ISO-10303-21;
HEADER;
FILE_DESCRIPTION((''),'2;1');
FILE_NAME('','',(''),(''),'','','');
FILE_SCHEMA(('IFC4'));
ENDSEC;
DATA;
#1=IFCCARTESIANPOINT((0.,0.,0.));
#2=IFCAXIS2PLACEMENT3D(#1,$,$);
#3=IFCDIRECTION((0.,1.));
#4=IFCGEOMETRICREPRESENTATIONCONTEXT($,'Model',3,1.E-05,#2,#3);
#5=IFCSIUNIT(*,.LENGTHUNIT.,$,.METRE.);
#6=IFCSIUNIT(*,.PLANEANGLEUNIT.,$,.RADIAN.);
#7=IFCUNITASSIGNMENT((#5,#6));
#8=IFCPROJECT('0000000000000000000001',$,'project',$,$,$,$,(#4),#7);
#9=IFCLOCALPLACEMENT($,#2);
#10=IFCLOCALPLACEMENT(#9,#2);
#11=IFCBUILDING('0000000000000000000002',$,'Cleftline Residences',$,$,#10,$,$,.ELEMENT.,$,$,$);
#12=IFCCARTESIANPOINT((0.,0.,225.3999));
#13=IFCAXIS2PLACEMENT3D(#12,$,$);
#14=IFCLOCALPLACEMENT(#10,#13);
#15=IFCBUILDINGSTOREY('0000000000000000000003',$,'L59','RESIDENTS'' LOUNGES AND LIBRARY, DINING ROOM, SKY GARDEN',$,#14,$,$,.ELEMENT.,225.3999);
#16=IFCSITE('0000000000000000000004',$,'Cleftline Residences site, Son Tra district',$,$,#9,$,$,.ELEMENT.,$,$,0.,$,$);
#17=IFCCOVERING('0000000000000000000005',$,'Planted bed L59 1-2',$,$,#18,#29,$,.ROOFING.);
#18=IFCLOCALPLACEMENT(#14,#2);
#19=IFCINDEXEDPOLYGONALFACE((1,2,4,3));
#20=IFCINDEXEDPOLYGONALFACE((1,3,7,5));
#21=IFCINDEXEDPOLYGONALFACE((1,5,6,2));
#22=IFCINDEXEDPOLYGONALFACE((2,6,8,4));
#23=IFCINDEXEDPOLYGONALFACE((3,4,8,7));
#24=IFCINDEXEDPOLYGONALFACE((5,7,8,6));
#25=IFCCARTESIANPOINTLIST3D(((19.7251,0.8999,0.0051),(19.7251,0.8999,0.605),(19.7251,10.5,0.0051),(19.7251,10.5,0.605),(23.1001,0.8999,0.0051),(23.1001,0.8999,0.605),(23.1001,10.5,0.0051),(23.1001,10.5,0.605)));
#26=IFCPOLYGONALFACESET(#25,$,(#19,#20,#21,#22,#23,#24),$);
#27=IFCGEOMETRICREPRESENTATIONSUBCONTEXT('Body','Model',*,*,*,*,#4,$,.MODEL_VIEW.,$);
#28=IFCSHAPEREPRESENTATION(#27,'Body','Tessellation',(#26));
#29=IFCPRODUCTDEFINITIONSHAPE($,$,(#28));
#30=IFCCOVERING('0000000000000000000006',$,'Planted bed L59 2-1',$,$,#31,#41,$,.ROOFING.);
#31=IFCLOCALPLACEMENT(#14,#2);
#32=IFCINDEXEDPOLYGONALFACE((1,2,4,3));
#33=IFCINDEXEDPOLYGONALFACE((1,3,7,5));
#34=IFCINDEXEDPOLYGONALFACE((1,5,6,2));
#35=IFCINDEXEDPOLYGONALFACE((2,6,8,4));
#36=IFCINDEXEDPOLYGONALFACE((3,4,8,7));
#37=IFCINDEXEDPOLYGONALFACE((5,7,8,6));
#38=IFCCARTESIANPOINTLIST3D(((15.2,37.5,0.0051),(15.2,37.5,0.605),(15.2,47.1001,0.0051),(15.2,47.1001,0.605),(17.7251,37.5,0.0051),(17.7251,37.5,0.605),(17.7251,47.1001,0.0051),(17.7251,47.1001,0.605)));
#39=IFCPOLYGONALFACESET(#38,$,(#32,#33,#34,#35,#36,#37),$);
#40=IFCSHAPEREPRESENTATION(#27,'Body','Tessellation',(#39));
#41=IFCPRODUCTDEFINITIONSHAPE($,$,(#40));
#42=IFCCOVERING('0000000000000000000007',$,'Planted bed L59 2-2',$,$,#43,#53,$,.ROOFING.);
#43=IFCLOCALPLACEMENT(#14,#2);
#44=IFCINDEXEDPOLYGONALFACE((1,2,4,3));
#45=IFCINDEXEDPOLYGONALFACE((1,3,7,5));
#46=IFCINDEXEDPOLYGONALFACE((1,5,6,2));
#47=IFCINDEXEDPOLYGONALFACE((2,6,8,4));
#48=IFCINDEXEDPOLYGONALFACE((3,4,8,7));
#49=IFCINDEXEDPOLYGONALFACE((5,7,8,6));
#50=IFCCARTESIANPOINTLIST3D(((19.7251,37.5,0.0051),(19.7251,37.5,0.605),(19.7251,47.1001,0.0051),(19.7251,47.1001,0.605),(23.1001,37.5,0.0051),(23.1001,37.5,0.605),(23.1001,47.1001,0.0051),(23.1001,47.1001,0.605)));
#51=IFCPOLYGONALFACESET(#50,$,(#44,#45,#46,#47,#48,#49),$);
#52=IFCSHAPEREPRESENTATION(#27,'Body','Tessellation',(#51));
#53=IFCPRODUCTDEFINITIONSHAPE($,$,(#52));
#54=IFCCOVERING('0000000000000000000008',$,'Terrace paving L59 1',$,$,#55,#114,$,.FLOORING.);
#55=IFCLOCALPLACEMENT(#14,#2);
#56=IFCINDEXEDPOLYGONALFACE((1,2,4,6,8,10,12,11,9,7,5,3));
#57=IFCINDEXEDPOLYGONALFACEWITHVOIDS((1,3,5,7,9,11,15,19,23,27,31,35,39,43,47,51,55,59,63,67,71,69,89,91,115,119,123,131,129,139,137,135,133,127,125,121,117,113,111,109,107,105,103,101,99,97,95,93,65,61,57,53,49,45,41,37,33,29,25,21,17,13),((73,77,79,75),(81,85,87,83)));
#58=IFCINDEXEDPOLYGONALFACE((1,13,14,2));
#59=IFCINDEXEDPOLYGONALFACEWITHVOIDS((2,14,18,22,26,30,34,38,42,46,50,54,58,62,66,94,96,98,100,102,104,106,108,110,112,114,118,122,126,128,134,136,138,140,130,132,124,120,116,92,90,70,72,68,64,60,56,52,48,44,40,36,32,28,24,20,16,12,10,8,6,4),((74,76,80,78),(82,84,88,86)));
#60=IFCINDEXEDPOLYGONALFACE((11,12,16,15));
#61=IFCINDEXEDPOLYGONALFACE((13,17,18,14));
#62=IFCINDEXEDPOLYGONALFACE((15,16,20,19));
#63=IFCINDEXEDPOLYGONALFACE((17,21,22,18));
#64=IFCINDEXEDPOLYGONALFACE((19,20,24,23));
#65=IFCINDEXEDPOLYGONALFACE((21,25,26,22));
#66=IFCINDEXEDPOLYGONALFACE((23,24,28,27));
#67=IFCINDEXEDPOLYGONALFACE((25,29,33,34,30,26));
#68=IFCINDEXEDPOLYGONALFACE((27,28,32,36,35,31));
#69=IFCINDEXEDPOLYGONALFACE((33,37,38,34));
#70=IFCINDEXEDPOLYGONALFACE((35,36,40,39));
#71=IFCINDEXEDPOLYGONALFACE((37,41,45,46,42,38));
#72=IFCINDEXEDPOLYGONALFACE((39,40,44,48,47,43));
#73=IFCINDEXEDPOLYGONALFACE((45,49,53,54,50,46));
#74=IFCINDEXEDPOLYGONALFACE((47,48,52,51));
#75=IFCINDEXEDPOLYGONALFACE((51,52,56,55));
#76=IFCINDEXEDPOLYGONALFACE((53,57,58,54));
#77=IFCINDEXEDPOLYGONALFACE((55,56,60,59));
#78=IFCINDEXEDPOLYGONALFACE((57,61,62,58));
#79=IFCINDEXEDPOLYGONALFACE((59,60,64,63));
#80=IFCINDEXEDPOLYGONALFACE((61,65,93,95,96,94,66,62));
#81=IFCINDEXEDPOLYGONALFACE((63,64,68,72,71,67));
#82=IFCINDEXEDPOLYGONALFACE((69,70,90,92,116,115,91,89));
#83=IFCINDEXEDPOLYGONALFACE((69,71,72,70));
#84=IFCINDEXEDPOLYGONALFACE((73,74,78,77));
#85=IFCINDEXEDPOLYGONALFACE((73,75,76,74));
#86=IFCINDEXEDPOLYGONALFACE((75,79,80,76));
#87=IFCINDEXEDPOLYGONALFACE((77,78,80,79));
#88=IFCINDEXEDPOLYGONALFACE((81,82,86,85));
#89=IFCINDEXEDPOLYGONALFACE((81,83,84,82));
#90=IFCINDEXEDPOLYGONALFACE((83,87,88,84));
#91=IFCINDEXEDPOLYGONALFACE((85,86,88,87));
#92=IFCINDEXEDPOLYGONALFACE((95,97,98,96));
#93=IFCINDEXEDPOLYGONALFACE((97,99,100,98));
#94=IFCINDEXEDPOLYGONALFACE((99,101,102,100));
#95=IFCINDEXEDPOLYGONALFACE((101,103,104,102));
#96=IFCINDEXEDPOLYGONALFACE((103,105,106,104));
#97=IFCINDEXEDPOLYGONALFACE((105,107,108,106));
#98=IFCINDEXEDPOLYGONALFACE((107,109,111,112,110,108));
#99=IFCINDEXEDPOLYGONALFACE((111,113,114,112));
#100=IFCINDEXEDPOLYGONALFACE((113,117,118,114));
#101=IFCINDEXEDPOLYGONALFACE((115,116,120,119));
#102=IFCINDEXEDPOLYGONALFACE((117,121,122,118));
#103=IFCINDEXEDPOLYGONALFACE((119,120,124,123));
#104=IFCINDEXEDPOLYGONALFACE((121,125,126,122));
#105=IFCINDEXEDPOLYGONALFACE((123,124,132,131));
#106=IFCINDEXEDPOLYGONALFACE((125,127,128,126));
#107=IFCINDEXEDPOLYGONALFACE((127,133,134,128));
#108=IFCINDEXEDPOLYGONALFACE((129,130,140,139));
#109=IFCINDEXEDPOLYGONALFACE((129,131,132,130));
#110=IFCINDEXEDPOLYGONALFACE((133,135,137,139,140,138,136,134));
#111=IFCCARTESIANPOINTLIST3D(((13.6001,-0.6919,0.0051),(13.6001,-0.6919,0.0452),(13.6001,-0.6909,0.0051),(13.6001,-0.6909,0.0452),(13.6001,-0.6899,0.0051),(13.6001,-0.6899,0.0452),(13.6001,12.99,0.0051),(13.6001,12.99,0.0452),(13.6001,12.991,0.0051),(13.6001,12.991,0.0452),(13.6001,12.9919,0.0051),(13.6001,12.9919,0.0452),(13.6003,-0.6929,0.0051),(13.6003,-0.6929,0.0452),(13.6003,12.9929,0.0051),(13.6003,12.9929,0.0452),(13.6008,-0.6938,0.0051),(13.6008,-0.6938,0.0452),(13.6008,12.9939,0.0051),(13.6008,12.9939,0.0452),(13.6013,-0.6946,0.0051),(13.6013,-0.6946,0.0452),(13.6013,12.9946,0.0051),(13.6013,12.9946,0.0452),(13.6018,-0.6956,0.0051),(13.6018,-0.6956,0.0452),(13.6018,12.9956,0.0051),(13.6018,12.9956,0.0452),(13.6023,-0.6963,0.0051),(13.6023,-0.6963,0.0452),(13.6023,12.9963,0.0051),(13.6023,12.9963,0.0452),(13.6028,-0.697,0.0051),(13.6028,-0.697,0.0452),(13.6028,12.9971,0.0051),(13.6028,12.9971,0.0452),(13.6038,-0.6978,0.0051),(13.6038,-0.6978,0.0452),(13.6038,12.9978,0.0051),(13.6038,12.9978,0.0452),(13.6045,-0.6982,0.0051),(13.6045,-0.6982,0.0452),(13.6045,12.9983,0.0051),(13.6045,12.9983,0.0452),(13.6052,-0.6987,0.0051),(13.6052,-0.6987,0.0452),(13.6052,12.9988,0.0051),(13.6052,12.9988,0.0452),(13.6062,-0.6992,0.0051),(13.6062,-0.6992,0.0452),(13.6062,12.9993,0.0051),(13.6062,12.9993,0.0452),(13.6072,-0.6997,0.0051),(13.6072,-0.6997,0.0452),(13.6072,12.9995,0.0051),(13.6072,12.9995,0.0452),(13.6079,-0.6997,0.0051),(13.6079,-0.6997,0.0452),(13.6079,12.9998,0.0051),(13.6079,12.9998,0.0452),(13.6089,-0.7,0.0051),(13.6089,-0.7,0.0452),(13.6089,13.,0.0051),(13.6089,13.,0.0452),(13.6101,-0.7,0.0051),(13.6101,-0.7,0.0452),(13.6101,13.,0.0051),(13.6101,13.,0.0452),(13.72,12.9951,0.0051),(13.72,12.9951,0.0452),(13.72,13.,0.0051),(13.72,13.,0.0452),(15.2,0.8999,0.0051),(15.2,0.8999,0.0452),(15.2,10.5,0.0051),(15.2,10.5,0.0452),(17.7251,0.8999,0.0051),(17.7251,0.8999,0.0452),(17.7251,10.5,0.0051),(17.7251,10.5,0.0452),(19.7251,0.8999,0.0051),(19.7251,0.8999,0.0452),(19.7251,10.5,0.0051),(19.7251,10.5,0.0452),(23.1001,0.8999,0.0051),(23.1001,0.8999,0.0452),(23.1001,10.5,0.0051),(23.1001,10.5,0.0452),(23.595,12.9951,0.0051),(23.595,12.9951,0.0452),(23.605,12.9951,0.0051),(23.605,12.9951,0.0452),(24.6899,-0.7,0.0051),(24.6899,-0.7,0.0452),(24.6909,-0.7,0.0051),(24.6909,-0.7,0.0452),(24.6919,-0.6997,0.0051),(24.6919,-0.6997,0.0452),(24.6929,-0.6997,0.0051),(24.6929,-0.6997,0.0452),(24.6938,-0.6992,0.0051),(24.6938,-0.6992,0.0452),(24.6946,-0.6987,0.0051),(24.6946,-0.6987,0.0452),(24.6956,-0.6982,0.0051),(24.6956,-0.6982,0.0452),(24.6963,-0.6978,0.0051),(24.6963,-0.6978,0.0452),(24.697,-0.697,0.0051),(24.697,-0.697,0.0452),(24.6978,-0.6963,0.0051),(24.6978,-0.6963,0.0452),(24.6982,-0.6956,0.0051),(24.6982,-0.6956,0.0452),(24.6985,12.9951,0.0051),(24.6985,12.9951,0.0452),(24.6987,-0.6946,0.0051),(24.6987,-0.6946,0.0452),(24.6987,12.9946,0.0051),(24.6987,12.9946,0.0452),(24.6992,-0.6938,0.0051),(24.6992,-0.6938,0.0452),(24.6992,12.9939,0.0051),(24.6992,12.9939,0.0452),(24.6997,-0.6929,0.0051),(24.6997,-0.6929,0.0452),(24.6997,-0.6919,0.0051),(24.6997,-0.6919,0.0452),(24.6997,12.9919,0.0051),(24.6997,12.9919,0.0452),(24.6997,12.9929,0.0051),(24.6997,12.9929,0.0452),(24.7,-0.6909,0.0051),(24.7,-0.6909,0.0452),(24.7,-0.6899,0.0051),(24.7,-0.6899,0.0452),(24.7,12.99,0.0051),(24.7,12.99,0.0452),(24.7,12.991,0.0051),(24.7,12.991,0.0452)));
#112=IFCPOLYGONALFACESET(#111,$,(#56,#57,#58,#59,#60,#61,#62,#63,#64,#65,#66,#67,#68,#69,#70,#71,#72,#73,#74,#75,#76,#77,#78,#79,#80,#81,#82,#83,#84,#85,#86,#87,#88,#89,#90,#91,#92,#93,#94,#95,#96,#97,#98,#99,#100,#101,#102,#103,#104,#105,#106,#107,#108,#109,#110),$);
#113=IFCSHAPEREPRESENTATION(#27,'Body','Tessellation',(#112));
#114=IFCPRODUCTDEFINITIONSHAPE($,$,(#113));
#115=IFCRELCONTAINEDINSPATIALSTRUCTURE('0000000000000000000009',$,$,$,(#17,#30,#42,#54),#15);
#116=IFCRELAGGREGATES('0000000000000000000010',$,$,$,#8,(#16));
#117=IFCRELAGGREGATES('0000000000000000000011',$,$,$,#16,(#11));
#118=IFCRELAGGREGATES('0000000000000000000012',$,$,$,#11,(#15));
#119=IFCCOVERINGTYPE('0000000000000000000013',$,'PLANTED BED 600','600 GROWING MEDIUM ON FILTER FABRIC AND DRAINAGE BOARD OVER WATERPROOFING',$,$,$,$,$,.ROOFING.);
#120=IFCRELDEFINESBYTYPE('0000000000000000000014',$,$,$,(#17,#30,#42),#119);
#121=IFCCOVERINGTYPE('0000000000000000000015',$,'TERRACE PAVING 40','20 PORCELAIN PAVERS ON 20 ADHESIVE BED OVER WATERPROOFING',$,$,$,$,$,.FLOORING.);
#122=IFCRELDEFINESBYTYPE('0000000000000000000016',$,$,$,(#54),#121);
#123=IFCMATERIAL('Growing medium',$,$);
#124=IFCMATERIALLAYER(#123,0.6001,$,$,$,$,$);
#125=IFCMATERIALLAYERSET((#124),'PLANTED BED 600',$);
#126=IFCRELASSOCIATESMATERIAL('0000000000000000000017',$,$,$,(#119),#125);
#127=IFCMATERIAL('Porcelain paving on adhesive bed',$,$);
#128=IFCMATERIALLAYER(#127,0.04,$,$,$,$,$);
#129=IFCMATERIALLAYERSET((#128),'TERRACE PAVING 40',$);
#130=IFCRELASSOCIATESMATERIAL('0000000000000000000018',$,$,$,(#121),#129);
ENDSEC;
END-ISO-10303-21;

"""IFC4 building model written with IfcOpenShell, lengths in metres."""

from ifc_helpers import new_model, si_unit, direction, frame, origin, place, context, subcontext, project, spatial, polyline, outline, extrude, material, layer, layer_set, type_object, element, save


model = new_model("IFC4")

# Units and contexts
model_context = context("Model", 3, precision=1e-05, world=origin(), true_north=direction((0.0, 1.0)))
body_context = subcontext(model_context, "Body", "Model", "MODEL_VIEW")
ifc_project = project(units=[si_unit("LENGTHUNIT", "METRE"), si_unit("PLANEANGLEUNIT", "RADIAN")], contexts=[model_context])

# Site, building, storey
site_placement = place(None, origin())
site = spatial("IfcSite", under=ifc_project, at=site_placement, Name="Cleftline Residences site, Son Tra district", CompositionType="ELEMENT", RefElevation=0.0)
building_placement = place(site_placement, origin())
building = spatial("IfcBuilding", under=site, at=building_placement, Name="Cleftline Residences", CompositionType="ELEMENT")
storey_placement = place(building_placement, frame((0.0, 0.0, 225.3999)))
storey = spatial("IfcBuildingStorey", under=building, at=storey_placement, Name="L59", Description="RESIDENTS' LOUNGES AND LIBRARY, DINING ROOM, SKY GARDEN", CompositionType="ELEMENT", Elevation=225.3999)

# Coverings
ifc_material_1 = material(Name="Growing medium")
ifc_layer_1 = layer(ifc_material_1, 0.6001)
ifc_layer_set_1 = layer_set([ifc_layer_1], Name="PLANTED BED 600")
covering_type_1 = type_object("IfcCoveringType", Name="PLANTED BED 600", Description="600 GROWING MEDIUM ON FILTER FABRIC AND DRAINAGE BOARD OVER WATERPROOFING", PredefinedType="ROOFING", material=ifc_layer_set_1)
covering_1_placement = place(storey_placement, frame((0.0, 0.0, 0.0051)))
element("IfcCovering", 1, at=covering_1_placement, inside=storey, type_object=covering_type_1, Name="Planted bed L59 1-2", PredefinedType="ROOFING", context=body_context, shape_type="SweptSolid", body=[
    extrude(outline(polyline([(23.1001, 10.5), (19.7251, 10.5), (19.7251, 0.8999), (23.1001, 0.8999), (23.1001, 10.5)])), origin(), (0.0, 0.0, 1.0), 0.5999),
])
covering_2_placement = place(storey_placement, frame((0.0, 0.0, 0.0051)))
element("IfcCovering", 2, at=covering_2_placement, inside=storey, type_object=covering_type_1, Name="Planted bed L59 2-1", PredefinedType="ROOFING", context=body_context, shape_type="SweptSolid", body=[
    extrude(outline(polyline([(15.2, 37.5), (17.7251, 37.5), (17.7251, 47.1001), (15.2, 47.1001), (15.2, 37.5)])), origin(), (0.0, 0.0, 1.0), 0.5999),
])
covering_3_placement = place(storey_placement, frame((0.0, 0.0, 0.0051)))
element("IfcCovering", 3, at=covering_3_placement, inside=storey, type_object=covering_type_1, Name="Planted bed L59 2-2", PredefinedType="ROOFING", context=body_context, shape_type="SweptSolid", body=[
    extrude(outline(polyline([(19.7251, 47.1001), (19.7251, 37.5), (23.1001, 37.5), (23.1001, 47.1001), (19.7251, 47.1001)])), origin(), (0.0, 0.0, 1.0), 0.5999),
])

# Covering
ifc_material_2 = material(Name="Porcelain paving on adhesive bed")
ifc_layer_2 = layer(ifc_material_2, 0.04)
ifc_layer_set_2 = layer_set([ifc_layer_2], Name="TERRACE PAVING 40")
covering_type_2 = type_object("IfcCoveringType", Name="TERRACE PAVING 40", Description="20 PORCELAIN PAVERS ON 20 ADHESIVE BED OVER WATERPROOFING", PredefinedType="FLOORING", material=ifc_layer_set_2)
covering_4_placement = place(storey_placement, frame((0.0, 0.0, 0.0051)))
element("IfcCovering", 4, at=covering_4_placement, inside=storey, type_object=covering_type_2, Name="Terrace paving L59 1", PredefinedType="FLOORING", context=body_context, shape_type="SweptSolid", body=[
    extrude(outline(polyline([(13.6101, -0.7), (24.6899, -0.7), (24.6909, -0.7), (24.6919, -0.6997), (24.6929, -0.6997), (24.6938, -0.6992), (24.6946, -0.6987), (24.6956, -0.6982), (24.6963, -0.6978), (24.697, -0.697), (24.6978, -0.6963), (24.6982, -0.6956), (24.6987, -0.6946), (24.6992, -0.6938), (24.6997, -0.6929), (24.6997, -0.6919), (24.7, -0.6909), (24.7, -0.6899), (24.7, 12.99), (24.7, 12.991), (24.6997, 12.9919), (24.6997, 12.9929), (24.6992, 12.9939), (24.6987, 12.9946), (24.6985, 12.9951), (23.605, 12.9951), (23.595, 12.9951), (13.72, 12.9951), (13.72, 13.0), (13.6101, 13.0), (13.6089, 13.0), (13.6079, 12.9998), (13.6072, 12.9995), (13.6062, 12.9993), (13.6052, 12.9988), (13.6045, 12.9983), (13.6038, 12.9978), (13.6028, 12.9971), (13.6023, 12.9963), (13.6018, 12.9956), (13.6013, 12.9946), (13.6008, 12.9939), (13.6003, 12.9929), (13.6001, 12.9919), (13.6001, 12.991), (13.6001, 12.99), (13.6001, -0.6899), (13.6001, -0.6909), (13.6001, -0.6919), (13.6003, -0.6929), (13.6008, -0.6938), (13.6013, -0.6946), (13.6018, -0.6956), (13.6023, -0.6963), (13.6028, -0.697), (13.6038, -0.6978), (13.6045, -0.6982), (13.6052, -0.6987), (13.6062, -0.6992), (13.6072, -0.6997), (13.6079, -0.6997), (13.6089, -0.7), (13.6101, -0.7)]), holes=[polyline([(15.2, 0.8999), (17.7251, 0.8999), (17.7251, 10.5), (15.2, 10.5), (15.2, 0.8999)]), polyline([(23.1001, 0.8999), (23.1001, 10.5), (19.7251, 10.5), (19.7251, 0.8999), (23.1001, 0.8999)])]), origin(), (0.0, 0.0, 1.0), 0.04),
])

save(model, "model.ifc")
